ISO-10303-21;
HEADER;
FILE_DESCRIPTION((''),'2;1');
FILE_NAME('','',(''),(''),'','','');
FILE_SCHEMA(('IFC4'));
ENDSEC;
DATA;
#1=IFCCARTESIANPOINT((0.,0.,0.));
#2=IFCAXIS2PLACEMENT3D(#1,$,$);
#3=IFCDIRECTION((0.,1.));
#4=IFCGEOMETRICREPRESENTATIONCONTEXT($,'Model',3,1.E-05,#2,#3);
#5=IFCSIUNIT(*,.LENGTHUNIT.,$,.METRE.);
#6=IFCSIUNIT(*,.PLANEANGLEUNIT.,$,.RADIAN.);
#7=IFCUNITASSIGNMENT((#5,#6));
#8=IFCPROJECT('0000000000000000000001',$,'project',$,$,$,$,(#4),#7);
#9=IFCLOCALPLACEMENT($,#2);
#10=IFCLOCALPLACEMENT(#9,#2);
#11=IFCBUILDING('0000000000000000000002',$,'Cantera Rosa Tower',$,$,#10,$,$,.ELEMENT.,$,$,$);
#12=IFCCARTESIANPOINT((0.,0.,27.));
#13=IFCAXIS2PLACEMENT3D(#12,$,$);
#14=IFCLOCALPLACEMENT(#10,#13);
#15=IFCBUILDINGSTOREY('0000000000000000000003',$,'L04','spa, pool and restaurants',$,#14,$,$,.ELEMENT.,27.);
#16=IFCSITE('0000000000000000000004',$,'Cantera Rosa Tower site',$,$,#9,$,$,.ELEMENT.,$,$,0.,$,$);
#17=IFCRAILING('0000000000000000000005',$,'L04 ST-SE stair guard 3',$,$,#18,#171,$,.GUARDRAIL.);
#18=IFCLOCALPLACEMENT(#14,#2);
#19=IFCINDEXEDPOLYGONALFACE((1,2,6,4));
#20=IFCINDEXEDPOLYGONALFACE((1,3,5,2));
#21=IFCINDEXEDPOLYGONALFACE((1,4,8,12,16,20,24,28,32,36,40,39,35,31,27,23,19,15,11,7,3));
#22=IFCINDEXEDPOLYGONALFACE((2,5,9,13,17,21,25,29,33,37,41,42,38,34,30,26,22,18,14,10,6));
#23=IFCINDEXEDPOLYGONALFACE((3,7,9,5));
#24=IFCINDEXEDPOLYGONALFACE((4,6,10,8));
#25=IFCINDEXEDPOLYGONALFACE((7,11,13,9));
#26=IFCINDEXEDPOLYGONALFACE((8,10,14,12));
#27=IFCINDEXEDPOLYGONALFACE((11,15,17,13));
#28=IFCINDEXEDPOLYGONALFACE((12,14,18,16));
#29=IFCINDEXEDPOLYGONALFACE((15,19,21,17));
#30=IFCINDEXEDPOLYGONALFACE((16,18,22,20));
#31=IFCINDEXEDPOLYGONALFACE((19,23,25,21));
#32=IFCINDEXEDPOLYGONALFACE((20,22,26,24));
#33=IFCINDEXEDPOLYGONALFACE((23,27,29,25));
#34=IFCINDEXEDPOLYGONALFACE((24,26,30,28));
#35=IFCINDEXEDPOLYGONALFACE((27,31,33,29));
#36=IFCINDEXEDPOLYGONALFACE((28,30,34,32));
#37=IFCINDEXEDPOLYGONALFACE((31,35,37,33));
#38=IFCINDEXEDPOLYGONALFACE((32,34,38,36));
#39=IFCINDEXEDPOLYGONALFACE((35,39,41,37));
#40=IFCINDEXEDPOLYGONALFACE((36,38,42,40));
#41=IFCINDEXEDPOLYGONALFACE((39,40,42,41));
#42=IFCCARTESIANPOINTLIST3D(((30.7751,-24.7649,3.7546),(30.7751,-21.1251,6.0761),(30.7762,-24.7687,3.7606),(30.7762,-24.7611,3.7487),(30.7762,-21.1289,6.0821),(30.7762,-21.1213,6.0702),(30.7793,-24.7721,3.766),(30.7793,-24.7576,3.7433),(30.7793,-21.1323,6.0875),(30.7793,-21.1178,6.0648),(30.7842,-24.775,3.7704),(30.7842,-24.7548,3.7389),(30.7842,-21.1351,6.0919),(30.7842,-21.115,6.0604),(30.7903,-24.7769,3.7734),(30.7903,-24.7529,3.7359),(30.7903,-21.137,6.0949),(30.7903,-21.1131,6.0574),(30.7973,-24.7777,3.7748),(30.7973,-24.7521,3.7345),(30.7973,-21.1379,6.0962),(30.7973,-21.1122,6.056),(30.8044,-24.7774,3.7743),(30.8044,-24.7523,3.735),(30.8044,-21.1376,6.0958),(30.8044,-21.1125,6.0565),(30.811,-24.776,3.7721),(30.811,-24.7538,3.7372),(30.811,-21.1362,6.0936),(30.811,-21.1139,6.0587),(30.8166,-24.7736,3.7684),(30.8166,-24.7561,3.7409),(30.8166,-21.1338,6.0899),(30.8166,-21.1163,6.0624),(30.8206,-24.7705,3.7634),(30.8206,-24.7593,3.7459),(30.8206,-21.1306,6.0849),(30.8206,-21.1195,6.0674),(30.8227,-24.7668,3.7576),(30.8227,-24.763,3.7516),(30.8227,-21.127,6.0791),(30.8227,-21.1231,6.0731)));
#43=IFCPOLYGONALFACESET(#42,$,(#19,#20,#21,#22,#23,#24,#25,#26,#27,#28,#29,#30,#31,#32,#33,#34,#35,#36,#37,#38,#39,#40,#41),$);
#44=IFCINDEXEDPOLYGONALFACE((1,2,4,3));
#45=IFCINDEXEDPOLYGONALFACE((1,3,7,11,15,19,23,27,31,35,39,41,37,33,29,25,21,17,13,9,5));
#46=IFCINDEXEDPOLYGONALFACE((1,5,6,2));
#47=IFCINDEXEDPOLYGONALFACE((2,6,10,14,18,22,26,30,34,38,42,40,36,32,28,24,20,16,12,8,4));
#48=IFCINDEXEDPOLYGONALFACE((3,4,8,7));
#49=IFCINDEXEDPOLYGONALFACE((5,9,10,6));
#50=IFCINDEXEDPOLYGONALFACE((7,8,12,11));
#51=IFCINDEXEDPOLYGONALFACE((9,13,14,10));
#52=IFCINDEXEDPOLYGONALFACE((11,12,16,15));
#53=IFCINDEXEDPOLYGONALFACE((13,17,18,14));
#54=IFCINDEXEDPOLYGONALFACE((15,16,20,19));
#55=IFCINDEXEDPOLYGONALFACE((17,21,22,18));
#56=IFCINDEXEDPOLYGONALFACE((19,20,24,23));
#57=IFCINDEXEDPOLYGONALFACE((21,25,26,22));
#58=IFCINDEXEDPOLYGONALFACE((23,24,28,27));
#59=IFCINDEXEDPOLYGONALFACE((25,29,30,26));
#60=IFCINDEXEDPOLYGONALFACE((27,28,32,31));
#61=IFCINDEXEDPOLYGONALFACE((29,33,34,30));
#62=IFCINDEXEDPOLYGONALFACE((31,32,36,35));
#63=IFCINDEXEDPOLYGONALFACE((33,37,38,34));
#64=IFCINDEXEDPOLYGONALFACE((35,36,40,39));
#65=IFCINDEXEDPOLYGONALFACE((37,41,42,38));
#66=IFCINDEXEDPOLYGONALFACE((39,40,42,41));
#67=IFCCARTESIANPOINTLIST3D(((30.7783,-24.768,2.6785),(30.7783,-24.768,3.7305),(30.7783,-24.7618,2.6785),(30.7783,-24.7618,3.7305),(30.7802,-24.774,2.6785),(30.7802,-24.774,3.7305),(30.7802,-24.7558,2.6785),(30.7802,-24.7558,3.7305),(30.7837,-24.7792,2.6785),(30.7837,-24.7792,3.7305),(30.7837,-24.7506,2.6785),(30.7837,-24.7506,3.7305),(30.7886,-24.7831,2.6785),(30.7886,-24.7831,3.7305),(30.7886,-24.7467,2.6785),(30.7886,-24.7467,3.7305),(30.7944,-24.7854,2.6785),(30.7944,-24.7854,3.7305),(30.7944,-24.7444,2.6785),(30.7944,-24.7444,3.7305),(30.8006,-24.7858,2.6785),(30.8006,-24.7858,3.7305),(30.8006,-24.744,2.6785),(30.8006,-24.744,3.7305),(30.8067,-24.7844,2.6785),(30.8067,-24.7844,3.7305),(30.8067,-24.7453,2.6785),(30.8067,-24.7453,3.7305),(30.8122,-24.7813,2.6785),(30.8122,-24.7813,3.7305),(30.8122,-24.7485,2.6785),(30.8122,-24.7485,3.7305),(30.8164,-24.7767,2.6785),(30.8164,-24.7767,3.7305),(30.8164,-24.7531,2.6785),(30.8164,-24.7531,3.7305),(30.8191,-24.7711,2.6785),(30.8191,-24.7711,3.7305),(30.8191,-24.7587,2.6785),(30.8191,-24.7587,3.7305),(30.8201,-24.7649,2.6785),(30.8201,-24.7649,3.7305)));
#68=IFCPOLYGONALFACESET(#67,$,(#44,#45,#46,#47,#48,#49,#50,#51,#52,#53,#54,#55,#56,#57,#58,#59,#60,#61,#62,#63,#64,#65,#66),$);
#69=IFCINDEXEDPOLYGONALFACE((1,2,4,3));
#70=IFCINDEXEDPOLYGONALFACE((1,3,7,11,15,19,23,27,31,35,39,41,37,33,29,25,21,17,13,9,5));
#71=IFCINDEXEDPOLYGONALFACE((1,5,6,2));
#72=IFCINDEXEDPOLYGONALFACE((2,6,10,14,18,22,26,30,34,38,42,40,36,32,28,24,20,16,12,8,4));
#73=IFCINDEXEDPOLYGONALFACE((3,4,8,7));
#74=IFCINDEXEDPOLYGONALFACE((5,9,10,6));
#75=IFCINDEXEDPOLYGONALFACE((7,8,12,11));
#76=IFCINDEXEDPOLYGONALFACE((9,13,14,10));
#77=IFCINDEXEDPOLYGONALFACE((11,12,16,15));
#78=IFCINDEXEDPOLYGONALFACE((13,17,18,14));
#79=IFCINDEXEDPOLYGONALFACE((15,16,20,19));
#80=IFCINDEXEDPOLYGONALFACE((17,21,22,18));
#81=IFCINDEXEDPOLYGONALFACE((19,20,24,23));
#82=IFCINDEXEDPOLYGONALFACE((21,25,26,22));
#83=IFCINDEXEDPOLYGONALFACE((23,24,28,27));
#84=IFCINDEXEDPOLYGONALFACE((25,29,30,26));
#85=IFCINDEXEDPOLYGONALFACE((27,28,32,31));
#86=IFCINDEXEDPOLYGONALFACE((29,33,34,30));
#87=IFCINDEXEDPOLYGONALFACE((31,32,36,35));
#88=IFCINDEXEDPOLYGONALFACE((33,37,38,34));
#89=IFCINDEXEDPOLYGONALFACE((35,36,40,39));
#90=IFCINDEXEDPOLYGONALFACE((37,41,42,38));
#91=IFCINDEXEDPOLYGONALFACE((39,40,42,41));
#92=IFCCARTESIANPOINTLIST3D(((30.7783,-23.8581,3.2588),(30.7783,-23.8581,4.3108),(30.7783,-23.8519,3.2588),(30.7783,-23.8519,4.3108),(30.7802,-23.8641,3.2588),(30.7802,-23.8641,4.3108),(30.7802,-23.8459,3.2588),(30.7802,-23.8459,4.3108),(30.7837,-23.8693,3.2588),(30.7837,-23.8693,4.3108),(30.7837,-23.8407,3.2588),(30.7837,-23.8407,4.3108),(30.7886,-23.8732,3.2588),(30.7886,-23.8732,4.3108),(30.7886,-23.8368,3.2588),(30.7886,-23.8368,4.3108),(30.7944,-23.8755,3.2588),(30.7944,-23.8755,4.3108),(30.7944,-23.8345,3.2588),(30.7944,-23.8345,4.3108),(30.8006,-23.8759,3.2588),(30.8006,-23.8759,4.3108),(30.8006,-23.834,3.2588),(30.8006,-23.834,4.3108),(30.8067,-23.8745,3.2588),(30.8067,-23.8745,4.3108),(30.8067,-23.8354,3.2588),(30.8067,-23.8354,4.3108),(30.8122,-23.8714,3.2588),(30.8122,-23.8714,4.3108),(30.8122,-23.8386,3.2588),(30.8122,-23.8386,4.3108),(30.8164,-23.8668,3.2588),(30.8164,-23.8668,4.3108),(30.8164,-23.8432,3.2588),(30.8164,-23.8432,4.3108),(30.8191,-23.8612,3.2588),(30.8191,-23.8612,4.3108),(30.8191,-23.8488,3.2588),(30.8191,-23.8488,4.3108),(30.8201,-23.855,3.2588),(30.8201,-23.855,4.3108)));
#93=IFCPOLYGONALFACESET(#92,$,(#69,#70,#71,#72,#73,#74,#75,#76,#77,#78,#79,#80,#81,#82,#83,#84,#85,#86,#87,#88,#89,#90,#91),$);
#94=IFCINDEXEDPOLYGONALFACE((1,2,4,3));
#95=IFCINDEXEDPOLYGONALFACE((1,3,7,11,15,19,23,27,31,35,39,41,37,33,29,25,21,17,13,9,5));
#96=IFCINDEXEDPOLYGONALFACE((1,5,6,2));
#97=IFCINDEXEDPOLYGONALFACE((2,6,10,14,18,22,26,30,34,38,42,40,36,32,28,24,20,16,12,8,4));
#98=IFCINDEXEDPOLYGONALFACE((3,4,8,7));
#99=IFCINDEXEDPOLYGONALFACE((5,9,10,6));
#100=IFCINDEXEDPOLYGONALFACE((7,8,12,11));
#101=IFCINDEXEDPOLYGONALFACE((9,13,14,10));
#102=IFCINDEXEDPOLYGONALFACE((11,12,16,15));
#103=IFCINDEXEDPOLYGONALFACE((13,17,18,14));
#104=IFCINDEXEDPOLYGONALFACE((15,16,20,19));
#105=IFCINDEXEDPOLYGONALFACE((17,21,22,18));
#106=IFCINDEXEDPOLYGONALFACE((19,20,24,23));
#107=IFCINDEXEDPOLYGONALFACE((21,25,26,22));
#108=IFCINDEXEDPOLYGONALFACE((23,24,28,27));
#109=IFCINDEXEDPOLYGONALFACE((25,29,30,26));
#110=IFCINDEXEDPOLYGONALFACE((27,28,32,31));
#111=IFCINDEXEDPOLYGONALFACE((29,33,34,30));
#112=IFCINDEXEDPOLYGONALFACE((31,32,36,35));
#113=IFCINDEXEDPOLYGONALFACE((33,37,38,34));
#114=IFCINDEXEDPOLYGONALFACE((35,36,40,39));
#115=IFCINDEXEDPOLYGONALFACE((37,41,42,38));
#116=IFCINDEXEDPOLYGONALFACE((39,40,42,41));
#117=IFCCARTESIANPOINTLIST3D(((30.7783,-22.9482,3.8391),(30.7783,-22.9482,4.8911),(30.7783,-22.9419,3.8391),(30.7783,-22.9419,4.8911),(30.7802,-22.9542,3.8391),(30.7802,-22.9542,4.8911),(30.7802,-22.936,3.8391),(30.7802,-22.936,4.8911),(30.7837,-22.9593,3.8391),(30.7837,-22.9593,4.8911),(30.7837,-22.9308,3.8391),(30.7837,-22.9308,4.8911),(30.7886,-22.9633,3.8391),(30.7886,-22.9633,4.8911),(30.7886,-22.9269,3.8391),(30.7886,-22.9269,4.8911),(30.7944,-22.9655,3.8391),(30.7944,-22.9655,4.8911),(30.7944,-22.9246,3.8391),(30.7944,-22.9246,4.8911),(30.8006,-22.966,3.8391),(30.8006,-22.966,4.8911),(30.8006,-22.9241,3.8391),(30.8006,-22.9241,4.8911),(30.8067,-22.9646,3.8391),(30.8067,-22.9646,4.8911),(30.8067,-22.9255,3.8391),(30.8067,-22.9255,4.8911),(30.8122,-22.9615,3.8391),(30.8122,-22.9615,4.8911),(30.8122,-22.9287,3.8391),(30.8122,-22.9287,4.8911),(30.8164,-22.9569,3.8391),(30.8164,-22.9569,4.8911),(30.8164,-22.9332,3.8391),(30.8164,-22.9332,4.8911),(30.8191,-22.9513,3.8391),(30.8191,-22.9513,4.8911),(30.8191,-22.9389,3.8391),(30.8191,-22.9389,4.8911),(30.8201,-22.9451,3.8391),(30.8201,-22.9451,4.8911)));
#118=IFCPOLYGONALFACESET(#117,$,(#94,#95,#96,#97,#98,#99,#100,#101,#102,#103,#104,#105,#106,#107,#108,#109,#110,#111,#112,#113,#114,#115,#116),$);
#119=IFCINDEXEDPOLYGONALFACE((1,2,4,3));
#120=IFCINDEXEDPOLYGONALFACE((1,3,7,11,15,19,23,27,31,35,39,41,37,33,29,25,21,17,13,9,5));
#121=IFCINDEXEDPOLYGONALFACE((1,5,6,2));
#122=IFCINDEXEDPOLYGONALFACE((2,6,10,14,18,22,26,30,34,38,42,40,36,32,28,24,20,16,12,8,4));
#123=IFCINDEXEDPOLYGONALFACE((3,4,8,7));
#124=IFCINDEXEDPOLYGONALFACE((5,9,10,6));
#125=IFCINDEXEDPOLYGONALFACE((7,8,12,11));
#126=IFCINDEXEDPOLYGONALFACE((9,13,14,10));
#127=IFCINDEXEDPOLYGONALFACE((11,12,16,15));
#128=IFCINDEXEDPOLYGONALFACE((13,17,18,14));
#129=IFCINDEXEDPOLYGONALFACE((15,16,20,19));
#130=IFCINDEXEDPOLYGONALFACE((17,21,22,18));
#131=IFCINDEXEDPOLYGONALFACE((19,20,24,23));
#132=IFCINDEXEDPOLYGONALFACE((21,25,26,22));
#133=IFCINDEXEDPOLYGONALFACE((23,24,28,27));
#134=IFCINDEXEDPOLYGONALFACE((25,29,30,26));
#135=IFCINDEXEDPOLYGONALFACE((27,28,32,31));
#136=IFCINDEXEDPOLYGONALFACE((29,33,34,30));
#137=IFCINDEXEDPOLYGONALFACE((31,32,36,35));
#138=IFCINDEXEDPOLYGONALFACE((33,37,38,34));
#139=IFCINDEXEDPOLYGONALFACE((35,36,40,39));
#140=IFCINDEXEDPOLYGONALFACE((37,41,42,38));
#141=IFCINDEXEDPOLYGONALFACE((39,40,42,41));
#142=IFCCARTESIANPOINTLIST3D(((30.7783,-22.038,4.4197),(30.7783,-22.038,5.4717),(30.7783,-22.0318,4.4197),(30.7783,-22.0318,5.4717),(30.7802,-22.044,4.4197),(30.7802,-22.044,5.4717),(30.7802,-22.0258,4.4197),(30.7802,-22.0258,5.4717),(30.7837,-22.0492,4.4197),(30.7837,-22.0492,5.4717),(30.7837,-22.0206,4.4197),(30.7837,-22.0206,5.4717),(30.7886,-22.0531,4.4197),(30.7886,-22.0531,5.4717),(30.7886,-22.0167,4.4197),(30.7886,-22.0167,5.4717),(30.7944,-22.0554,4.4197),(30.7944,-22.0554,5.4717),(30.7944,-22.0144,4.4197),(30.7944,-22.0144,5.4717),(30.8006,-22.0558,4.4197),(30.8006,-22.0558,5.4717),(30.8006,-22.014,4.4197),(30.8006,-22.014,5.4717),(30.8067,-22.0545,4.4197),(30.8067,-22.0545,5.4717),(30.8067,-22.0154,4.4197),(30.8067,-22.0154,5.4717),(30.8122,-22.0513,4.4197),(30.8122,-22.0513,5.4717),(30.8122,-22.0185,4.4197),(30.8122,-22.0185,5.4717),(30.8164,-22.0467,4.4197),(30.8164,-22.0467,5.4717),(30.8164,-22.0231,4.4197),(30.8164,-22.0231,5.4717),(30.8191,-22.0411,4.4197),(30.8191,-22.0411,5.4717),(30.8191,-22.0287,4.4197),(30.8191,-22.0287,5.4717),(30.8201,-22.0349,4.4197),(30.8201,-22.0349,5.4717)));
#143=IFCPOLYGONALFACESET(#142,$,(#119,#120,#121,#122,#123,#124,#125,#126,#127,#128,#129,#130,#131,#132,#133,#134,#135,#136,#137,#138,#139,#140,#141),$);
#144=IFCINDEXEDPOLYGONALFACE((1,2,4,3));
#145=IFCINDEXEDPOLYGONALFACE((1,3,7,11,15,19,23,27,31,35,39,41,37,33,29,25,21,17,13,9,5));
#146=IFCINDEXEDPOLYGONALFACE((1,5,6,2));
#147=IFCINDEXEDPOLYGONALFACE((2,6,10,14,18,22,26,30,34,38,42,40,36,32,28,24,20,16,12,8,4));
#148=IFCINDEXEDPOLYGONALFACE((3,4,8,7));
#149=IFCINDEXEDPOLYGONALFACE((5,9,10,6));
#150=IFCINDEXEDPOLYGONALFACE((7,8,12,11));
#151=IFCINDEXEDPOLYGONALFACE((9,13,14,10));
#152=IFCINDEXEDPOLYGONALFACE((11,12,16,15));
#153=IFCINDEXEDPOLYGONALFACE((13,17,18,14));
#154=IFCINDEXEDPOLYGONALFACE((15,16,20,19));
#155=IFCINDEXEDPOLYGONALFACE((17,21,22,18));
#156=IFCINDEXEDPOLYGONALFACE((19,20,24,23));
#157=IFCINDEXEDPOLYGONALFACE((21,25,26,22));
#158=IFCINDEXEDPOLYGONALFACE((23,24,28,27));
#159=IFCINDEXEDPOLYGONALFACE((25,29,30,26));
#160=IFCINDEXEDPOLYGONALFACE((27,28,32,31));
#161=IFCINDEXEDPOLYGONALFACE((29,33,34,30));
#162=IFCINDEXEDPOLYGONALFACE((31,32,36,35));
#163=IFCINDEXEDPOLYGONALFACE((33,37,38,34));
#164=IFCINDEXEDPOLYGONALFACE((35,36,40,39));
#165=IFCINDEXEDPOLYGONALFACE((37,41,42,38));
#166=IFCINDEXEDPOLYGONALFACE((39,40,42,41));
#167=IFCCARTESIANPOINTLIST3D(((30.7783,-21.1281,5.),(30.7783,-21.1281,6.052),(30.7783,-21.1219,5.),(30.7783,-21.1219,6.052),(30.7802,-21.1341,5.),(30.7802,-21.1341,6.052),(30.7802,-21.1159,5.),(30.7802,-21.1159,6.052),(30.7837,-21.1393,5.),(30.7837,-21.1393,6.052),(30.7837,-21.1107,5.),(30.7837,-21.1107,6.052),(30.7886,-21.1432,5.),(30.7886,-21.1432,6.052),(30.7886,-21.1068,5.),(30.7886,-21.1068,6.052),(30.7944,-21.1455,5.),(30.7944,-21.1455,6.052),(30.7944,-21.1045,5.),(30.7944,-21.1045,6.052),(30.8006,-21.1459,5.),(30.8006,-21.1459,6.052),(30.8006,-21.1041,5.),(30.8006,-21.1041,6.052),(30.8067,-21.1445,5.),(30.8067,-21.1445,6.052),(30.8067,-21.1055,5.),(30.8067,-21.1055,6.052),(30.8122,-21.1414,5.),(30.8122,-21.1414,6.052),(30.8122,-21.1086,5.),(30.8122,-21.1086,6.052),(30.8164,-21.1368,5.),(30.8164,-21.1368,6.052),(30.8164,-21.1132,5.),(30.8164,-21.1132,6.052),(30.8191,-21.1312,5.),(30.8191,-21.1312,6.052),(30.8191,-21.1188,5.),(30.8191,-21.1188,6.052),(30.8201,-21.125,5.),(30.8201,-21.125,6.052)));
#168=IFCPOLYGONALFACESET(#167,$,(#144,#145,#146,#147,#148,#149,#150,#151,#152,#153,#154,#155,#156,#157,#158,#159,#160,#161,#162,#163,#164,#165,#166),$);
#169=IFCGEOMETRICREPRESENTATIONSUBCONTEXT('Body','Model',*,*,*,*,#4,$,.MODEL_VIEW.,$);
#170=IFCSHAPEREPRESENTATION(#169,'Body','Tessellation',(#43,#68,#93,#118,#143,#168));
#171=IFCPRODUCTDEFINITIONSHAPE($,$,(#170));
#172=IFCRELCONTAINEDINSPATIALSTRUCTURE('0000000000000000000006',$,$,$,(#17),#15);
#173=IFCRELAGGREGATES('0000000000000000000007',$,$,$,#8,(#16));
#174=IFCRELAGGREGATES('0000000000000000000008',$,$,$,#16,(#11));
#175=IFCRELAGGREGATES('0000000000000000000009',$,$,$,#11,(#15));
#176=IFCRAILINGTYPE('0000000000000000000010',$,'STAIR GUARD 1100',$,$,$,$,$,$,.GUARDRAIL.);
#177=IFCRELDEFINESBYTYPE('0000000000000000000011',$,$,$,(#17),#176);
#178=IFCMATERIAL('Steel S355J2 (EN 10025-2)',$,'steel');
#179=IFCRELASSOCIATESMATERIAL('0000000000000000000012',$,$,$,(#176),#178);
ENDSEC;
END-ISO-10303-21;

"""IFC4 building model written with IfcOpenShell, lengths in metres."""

from ifc_helpers import new_model, si_unit, direction, frame, origin, origin_2d, place, context, subcontext, project, spatial, circle, extrude, material, type_object, element, save


model = new_model("IFC4")

# Units and contexts
model_context = context("Model", 3, precision=1e-05, world=origin(), true_north=direction((0.0, 1.0)))
body_context = subcontext(model_context, "Body", "Model", "MODEL_VIEW")
ifc_project = project(units=[si_unit("LENGTHUNIT", "METRE"), si_unit("PLANEANGLEUNIT", "RADIAN")], contexts=[model_context])

# Site, building, storey
site_placement = place(None, origin())
site = spatial("IfcSite", under=ifc_project, at=site_placement, Name="Cantera Rosa Tower site", CompositionType="ELEMENT", RefElevation=0.0)
building_placement = place(site_placement, origin())
building = spatial("IfcBuilding", under=site, at=building_placement, Name="Cantera Rosa Tower", CompositionType="ELEMENT")
storey_placement = place(building_placement, frame((0.0, 0.0, 27.0)))
storey = spatial("IfcBuildingStorey", under=building, at=storey_placement, Name="L04", Description="spa, pool and restaurants", CompositionType="ELEMENT", Elevation=27.0)

# Railing
ifc_material_1 = material(Name="Steel S355J2 (EN 10025-2)", Category="steel")
railing_type_1 = type_object("IfcRailingType", Name="STAIR GUARD 1100", PredefinedType="GUARDRAIL", material=ifc_material_1)
railing_1_placement = place(storey_placement, frame((30.7991, -24.7649, 2.6785)))
element("IfcRailing", 1, at=railing_1_placement, inside=storey, type_object=railing_type_1, Name="L04 ST-SE stair guard 3", PredefinedType="GUARDRAIL", context=body_context, shape_type="SweptSolid", body=[
    extrude(circle(Radius=0.0239, at=origin_2d()), frame((0.0, 0.0, 1.0762), z_axis=(0.0, 0.843112, 0.537739), x_axis=(-1.0, 0.0, 0.0)), (0.0, 0.0, 1.0), 4.3171),
    extrude(circle(Radius=0.021, at=origin_2d()), origin(), (0.0, 0.0, 1.0), 1.052),
    extrude(circle(Radius=0.021, at=origin_2d()), frame((0.0, 0.9099, 0.5803)), (0.0, 0.0, 1.0), 1.052),
    extrude(circle(Radius=0.021, at=origin_2d()), frame((0.0, 1.8198, 1.1606)), (0.0, 0.0, 1.0), 1.052),
    extrude(circle(Radius=0.021, at=origin_2d()), frame((0.0, 2.73, 1.7412)), (0.0, 0.0, 1.0), 1.052),
    extrude(circle(Radius=0.021, at=origin_2d()), frame((0.0, 3.6399, 2.3215)), (0.0, 0.0, 1.0), 1.052),
])

save(model, "model.ifc")
